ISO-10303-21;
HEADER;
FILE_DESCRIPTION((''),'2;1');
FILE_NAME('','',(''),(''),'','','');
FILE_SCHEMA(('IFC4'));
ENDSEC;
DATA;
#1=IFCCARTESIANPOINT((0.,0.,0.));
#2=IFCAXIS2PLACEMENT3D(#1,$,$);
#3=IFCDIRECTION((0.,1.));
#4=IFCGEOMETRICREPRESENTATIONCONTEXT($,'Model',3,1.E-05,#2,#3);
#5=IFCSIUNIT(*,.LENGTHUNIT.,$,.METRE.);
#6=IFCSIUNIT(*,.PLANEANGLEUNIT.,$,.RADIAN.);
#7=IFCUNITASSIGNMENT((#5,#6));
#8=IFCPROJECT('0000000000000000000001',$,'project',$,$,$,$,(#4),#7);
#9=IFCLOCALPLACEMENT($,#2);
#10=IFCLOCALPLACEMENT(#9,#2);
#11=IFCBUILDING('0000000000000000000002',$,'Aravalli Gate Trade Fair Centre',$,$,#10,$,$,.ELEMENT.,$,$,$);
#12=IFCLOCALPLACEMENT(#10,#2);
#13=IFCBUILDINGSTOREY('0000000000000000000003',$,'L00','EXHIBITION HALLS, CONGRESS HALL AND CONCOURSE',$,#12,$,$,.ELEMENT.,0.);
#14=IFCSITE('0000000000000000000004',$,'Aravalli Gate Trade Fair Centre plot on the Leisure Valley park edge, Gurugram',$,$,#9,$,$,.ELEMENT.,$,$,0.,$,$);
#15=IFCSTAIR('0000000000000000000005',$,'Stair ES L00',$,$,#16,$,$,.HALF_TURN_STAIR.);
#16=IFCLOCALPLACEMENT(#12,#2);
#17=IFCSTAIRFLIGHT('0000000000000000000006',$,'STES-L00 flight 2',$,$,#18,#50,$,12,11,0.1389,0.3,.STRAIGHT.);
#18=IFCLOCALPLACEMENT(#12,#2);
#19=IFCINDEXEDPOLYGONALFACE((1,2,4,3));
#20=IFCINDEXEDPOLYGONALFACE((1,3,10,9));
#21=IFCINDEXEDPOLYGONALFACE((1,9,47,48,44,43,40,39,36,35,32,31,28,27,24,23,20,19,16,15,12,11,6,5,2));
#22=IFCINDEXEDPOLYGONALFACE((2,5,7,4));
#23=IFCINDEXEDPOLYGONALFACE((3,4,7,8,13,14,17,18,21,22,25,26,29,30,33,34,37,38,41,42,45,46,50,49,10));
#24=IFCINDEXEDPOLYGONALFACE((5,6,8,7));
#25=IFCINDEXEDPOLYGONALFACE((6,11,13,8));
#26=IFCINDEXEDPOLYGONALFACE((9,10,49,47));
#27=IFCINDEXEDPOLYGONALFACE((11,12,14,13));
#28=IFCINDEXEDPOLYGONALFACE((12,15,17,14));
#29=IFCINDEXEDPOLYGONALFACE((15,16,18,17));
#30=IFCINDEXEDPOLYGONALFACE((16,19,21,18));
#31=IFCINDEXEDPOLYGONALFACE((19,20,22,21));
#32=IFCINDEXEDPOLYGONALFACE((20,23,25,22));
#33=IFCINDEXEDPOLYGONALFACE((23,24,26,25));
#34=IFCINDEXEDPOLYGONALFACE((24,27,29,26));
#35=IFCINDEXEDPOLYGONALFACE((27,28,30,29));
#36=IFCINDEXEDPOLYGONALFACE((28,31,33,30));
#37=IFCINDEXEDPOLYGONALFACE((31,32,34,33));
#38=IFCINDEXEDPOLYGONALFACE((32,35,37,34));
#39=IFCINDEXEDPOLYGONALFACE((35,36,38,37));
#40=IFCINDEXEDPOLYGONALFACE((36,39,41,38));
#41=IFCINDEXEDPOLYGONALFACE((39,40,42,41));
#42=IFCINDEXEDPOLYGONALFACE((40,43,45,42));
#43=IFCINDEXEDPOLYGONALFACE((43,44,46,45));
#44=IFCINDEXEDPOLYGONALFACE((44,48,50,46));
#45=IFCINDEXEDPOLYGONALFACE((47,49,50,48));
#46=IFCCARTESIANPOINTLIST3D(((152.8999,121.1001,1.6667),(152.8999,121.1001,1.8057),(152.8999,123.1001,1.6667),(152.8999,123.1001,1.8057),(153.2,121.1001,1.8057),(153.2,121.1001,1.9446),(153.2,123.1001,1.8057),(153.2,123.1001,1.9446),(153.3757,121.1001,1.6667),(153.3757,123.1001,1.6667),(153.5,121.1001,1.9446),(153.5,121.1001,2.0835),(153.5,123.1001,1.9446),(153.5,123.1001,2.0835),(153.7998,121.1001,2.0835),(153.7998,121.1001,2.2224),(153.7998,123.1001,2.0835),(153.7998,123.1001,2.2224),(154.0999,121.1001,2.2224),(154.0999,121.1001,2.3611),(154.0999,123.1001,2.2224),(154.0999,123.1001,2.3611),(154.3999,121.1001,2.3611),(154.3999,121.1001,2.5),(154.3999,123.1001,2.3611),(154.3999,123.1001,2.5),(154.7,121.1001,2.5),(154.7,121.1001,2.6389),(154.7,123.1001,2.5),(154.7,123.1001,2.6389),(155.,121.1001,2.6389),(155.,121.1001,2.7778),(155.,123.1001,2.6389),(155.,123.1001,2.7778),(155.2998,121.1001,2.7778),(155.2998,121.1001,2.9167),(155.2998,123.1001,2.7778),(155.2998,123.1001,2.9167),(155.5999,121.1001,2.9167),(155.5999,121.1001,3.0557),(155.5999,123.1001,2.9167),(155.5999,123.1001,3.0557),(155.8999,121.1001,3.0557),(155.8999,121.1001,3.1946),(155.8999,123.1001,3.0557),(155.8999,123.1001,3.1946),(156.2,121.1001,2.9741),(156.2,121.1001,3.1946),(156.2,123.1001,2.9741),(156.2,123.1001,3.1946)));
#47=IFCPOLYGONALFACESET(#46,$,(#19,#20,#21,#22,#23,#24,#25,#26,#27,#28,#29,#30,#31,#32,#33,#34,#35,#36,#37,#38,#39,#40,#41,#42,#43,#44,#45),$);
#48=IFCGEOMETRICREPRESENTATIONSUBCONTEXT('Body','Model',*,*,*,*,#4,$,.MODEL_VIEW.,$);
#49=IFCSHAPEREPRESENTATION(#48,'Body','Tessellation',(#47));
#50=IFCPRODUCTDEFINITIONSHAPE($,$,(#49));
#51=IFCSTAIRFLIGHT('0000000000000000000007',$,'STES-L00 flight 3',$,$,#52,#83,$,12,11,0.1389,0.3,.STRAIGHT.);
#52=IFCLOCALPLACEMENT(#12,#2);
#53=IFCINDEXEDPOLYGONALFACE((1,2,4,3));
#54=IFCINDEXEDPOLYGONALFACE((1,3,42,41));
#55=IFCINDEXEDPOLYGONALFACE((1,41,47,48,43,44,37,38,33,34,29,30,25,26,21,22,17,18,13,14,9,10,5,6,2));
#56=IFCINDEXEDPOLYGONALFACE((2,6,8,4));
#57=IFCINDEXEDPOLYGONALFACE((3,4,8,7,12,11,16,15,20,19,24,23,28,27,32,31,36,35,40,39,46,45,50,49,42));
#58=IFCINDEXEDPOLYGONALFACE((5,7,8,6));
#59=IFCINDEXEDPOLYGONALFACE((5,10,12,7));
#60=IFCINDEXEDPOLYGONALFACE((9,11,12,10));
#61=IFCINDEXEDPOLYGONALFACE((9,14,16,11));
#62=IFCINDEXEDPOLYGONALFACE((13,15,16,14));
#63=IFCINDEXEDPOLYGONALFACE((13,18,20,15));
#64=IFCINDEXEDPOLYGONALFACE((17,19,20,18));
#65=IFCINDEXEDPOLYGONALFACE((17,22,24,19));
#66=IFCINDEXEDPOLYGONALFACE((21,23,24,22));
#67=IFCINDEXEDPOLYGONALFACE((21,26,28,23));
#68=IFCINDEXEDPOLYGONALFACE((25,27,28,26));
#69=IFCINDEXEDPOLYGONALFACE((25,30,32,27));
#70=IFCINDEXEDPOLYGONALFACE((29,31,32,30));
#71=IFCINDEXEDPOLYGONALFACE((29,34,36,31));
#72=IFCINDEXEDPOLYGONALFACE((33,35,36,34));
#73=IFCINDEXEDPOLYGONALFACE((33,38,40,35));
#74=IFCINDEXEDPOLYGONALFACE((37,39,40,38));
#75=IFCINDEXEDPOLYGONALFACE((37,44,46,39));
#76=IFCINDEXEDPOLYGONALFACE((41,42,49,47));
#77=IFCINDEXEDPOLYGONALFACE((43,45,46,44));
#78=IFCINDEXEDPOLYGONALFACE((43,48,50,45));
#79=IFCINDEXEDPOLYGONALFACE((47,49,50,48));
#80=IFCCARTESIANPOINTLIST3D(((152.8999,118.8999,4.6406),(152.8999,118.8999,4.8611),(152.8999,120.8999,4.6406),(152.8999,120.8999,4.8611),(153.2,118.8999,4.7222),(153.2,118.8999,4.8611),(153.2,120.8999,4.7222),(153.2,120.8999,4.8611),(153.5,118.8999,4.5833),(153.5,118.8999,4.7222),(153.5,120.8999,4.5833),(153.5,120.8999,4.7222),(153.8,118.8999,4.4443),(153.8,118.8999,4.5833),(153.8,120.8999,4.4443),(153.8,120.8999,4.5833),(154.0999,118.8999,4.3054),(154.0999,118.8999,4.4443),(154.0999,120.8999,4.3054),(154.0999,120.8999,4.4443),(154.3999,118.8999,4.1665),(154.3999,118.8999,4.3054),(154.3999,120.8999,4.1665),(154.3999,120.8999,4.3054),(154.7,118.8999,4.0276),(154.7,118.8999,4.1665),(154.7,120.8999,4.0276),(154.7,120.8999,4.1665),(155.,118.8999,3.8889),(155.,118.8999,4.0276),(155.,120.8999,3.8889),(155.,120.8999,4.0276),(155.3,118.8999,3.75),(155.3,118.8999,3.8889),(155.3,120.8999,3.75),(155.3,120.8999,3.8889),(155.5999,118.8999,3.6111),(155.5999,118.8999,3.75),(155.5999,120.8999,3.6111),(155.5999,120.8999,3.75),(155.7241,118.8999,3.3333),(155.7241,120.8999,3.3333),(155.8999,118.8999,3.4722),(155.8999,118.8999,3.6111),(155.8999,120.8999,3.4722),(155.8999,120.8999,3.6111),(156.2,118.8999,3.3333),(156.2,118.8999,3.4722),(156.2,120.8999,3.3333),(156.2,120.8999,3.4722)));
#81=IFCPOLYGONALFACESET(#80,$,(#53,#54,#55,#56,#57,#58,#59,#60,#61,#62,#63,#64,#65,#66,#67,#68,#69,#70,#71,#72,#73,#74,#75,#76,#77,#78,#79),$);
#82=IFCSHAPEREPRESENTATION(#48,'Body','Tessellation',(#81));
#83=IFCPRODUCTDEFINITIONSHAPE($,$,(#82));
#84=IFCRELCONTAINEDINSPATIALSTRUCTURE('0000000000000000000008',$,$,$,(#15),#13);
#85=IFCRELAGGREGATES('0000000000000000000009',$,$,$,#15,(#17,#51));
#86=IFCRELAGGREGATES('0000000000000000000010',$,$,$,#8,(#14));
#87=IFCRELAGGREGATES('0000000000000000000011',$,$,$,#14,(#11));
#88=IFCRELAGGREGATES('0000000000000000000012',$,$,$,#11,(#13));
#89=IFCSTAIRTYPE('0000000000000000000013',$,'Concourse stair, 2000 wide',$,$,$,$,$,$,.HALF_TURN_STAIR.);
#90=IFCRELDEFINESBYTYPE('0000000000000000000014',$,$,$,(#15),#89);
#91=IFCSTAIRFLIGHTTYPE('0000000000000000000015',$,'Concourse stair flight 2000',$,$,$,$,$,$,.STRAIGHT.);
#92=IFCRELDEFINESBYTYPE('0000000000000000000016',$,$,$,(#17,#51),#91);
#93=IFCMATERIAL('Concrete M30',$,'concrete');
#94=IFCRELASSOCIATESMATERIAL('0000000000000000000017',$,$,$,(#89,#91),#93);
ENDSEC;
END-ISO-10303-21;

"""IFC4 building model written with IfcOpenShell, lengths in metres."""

from ifc_helpers import new_model, si_unit, direction, frame, origin, place, context, subcontext, project, spatial, polyline, outline, extrude, material, type_object, element, aggregate, save


model = new_model("IFC4")

# Units and contexts
model_context = context("Model", 3, precision=1e-05, world=origin(), true_north=direction((0.0, 1.0)))
body_context = subcontext(model_context, "Body", "Model", "MODEL_VIEW")
ifc_project = project(units=[si_unit("LENGTHUNIT", "METRE"), si_unit("PLANEANGLEUNIT", "RADIAN")], contexts=[model_context])

# Site, building, storey
site_placement = place(None, origin())
site = spatial("IfcSite", under=ifc_project, at=site_placement, Name="Aravalli Gate Trade Fair Centre plot on the Leisure Valley park edge, Gurugram", CompositionType="ELEMENT", RefElevation=0.0)
building_placement = place(site_placement, origin())
building = spatial("IfcBuilding", under=site, at=building_placement, Name="Aravalli Gate Trade Fair Centre", CompositionType="ELEMENT")
storey_placement = place(building_placement, origin())
storey = spatial("IfcBuildingStorey", under=building, at=storey_placement, Name="L00", Description="EXHIBITION HALLS, CONGRESS HALL AND CONCOURSE", CompositionType="ELEMENT", Elevation=0.0)

# Stair, stair flights
ifc_material_1 = material(Name="Concrete M30", Category="concrete")
stair_type = type_object("IfcStairType", Name="Concourse stair, 2000 wide", PredefinedType="HALF_TURN_STAIR", material=ifc_material_1)
stair_placement = place(storey_placement, origin())
stair = element("IfcStair", 1, at=stair_placement, inside=storey, type_object=stair_type, Name="Stair ES L00", PredefinedType="HALF_TURN_STAIR")
stair_flight_type = type_object("IfcStairFlightType", Name="Concourse stair flight 2000", PredefinedType="STRAIGHT", material=ifc_material_1)
stair_flight_1_placement = place(storey_placement, frame((152.8999, 122.1001, 1.6667), z_axis=(0.0, 0.0, 1.0), x_axis=(1.0, 0.0, 0.0)))
stair_flight_1 = element("IfcStairFlight", 2, at=stair_flight_1_placement, type_object=stair_flight_type, Name="STES-L00 flight 2", NumberOfRisers=12, NumberOfTreads=11, PredefinedType="STRAIGHT", RiserHeight=0.1389, TreadLength=0.3, context=body_context, shape_type="SweptSolid", body=[
    extrude(outline(polyline([(0.0, 0.0), (0.0, 0.1389), (0.3, 0.1389), (0.3, 0.2778), (0.6001, 0.2778), (0.6001, 0.4167), (0.8999, 0.4167), (0.8999, 0.5557), (1.2, 0.5557), (1.2, 0.6943), (1.5, 0.6943), (1.5, 0.8333), (1.8, 0.8333), (1.8, 0.9722), (2.1001, 0.9722), (2.1001, 1.1111), (2.3999, 1.1111), (2.3999, 1.25), (2.7, 1.25), (2.7, 1.3889), (3.0, 1.3889), (3.0, 1.5278), (3.3, 1.5278), (3.3, 1.6667), (3.3, 1.3074), (0.4758, 0.0), (0.0, 0.0)])), frame((0.0, 1.0, 0.0), z_axis=(0.0, -1.0, 0.0), x_axis=(1.0, 0.0, 0.0)), (0.0, 0.0, 1.0), 2.0),
])
stair_flight_2_placement = place(storey_placement, frame((156.2, 119.8999, 3.3333), z_axis=(0.0, 0.0, 1.0), x_axis=(-1.0, 0.0, 0.0)))
stair_flight_2 = element("IfcStairFlight", 3, at=stair_flight_2_placement, type_object=stair_flight_type, Name="STES-L00 flight 3", NumberOfRisers=12, NumberOfTreads=11, PredefinedType="STRAIGHT", RiserHeight=0.1389, TreadLength=0.3, context=body_context, shape_type="SweptSolid", body=[
    extrude(outline(polyline([(0.0, 0.0), (0.0, 0.1389), (0.3, 0.1389), (0.3, 0.2778), (0.6001, 0.2778), (0.6001, 0.4167), (0.8999, 0.4167), (0.8999, 0.5557), (1.2, 0.5557), (1.2, 0.6943), (1.5, 0.6943), (1.5, 0.8333), (1.8, 0.8333), (1.8, 0.9722), (2.1001, 0.9722), (2.1001, 1.1111), (2.3999, 1.1111), (2.3999, 1.25), (2.7, 1.25), (2.7, 1.3889), (3.0, 1.3889), (3.0, 1.5278), (3.3, 1.5278), (3.3, 1.6667), (3.3, 1.3074), (0.4758, 0.0), (0.0, 0.0)])), frame((0.0, 1.0, 0.0), z_axis=(0.0, -1.0, 0.0), x_axis=(1.0, 0.0, 0.0)), (0.0, 0.0, 1.0), 2.0),
])
aggregate(stair, [stair_flight_1, stair_flight_2])

save(model, "model.ifc")
